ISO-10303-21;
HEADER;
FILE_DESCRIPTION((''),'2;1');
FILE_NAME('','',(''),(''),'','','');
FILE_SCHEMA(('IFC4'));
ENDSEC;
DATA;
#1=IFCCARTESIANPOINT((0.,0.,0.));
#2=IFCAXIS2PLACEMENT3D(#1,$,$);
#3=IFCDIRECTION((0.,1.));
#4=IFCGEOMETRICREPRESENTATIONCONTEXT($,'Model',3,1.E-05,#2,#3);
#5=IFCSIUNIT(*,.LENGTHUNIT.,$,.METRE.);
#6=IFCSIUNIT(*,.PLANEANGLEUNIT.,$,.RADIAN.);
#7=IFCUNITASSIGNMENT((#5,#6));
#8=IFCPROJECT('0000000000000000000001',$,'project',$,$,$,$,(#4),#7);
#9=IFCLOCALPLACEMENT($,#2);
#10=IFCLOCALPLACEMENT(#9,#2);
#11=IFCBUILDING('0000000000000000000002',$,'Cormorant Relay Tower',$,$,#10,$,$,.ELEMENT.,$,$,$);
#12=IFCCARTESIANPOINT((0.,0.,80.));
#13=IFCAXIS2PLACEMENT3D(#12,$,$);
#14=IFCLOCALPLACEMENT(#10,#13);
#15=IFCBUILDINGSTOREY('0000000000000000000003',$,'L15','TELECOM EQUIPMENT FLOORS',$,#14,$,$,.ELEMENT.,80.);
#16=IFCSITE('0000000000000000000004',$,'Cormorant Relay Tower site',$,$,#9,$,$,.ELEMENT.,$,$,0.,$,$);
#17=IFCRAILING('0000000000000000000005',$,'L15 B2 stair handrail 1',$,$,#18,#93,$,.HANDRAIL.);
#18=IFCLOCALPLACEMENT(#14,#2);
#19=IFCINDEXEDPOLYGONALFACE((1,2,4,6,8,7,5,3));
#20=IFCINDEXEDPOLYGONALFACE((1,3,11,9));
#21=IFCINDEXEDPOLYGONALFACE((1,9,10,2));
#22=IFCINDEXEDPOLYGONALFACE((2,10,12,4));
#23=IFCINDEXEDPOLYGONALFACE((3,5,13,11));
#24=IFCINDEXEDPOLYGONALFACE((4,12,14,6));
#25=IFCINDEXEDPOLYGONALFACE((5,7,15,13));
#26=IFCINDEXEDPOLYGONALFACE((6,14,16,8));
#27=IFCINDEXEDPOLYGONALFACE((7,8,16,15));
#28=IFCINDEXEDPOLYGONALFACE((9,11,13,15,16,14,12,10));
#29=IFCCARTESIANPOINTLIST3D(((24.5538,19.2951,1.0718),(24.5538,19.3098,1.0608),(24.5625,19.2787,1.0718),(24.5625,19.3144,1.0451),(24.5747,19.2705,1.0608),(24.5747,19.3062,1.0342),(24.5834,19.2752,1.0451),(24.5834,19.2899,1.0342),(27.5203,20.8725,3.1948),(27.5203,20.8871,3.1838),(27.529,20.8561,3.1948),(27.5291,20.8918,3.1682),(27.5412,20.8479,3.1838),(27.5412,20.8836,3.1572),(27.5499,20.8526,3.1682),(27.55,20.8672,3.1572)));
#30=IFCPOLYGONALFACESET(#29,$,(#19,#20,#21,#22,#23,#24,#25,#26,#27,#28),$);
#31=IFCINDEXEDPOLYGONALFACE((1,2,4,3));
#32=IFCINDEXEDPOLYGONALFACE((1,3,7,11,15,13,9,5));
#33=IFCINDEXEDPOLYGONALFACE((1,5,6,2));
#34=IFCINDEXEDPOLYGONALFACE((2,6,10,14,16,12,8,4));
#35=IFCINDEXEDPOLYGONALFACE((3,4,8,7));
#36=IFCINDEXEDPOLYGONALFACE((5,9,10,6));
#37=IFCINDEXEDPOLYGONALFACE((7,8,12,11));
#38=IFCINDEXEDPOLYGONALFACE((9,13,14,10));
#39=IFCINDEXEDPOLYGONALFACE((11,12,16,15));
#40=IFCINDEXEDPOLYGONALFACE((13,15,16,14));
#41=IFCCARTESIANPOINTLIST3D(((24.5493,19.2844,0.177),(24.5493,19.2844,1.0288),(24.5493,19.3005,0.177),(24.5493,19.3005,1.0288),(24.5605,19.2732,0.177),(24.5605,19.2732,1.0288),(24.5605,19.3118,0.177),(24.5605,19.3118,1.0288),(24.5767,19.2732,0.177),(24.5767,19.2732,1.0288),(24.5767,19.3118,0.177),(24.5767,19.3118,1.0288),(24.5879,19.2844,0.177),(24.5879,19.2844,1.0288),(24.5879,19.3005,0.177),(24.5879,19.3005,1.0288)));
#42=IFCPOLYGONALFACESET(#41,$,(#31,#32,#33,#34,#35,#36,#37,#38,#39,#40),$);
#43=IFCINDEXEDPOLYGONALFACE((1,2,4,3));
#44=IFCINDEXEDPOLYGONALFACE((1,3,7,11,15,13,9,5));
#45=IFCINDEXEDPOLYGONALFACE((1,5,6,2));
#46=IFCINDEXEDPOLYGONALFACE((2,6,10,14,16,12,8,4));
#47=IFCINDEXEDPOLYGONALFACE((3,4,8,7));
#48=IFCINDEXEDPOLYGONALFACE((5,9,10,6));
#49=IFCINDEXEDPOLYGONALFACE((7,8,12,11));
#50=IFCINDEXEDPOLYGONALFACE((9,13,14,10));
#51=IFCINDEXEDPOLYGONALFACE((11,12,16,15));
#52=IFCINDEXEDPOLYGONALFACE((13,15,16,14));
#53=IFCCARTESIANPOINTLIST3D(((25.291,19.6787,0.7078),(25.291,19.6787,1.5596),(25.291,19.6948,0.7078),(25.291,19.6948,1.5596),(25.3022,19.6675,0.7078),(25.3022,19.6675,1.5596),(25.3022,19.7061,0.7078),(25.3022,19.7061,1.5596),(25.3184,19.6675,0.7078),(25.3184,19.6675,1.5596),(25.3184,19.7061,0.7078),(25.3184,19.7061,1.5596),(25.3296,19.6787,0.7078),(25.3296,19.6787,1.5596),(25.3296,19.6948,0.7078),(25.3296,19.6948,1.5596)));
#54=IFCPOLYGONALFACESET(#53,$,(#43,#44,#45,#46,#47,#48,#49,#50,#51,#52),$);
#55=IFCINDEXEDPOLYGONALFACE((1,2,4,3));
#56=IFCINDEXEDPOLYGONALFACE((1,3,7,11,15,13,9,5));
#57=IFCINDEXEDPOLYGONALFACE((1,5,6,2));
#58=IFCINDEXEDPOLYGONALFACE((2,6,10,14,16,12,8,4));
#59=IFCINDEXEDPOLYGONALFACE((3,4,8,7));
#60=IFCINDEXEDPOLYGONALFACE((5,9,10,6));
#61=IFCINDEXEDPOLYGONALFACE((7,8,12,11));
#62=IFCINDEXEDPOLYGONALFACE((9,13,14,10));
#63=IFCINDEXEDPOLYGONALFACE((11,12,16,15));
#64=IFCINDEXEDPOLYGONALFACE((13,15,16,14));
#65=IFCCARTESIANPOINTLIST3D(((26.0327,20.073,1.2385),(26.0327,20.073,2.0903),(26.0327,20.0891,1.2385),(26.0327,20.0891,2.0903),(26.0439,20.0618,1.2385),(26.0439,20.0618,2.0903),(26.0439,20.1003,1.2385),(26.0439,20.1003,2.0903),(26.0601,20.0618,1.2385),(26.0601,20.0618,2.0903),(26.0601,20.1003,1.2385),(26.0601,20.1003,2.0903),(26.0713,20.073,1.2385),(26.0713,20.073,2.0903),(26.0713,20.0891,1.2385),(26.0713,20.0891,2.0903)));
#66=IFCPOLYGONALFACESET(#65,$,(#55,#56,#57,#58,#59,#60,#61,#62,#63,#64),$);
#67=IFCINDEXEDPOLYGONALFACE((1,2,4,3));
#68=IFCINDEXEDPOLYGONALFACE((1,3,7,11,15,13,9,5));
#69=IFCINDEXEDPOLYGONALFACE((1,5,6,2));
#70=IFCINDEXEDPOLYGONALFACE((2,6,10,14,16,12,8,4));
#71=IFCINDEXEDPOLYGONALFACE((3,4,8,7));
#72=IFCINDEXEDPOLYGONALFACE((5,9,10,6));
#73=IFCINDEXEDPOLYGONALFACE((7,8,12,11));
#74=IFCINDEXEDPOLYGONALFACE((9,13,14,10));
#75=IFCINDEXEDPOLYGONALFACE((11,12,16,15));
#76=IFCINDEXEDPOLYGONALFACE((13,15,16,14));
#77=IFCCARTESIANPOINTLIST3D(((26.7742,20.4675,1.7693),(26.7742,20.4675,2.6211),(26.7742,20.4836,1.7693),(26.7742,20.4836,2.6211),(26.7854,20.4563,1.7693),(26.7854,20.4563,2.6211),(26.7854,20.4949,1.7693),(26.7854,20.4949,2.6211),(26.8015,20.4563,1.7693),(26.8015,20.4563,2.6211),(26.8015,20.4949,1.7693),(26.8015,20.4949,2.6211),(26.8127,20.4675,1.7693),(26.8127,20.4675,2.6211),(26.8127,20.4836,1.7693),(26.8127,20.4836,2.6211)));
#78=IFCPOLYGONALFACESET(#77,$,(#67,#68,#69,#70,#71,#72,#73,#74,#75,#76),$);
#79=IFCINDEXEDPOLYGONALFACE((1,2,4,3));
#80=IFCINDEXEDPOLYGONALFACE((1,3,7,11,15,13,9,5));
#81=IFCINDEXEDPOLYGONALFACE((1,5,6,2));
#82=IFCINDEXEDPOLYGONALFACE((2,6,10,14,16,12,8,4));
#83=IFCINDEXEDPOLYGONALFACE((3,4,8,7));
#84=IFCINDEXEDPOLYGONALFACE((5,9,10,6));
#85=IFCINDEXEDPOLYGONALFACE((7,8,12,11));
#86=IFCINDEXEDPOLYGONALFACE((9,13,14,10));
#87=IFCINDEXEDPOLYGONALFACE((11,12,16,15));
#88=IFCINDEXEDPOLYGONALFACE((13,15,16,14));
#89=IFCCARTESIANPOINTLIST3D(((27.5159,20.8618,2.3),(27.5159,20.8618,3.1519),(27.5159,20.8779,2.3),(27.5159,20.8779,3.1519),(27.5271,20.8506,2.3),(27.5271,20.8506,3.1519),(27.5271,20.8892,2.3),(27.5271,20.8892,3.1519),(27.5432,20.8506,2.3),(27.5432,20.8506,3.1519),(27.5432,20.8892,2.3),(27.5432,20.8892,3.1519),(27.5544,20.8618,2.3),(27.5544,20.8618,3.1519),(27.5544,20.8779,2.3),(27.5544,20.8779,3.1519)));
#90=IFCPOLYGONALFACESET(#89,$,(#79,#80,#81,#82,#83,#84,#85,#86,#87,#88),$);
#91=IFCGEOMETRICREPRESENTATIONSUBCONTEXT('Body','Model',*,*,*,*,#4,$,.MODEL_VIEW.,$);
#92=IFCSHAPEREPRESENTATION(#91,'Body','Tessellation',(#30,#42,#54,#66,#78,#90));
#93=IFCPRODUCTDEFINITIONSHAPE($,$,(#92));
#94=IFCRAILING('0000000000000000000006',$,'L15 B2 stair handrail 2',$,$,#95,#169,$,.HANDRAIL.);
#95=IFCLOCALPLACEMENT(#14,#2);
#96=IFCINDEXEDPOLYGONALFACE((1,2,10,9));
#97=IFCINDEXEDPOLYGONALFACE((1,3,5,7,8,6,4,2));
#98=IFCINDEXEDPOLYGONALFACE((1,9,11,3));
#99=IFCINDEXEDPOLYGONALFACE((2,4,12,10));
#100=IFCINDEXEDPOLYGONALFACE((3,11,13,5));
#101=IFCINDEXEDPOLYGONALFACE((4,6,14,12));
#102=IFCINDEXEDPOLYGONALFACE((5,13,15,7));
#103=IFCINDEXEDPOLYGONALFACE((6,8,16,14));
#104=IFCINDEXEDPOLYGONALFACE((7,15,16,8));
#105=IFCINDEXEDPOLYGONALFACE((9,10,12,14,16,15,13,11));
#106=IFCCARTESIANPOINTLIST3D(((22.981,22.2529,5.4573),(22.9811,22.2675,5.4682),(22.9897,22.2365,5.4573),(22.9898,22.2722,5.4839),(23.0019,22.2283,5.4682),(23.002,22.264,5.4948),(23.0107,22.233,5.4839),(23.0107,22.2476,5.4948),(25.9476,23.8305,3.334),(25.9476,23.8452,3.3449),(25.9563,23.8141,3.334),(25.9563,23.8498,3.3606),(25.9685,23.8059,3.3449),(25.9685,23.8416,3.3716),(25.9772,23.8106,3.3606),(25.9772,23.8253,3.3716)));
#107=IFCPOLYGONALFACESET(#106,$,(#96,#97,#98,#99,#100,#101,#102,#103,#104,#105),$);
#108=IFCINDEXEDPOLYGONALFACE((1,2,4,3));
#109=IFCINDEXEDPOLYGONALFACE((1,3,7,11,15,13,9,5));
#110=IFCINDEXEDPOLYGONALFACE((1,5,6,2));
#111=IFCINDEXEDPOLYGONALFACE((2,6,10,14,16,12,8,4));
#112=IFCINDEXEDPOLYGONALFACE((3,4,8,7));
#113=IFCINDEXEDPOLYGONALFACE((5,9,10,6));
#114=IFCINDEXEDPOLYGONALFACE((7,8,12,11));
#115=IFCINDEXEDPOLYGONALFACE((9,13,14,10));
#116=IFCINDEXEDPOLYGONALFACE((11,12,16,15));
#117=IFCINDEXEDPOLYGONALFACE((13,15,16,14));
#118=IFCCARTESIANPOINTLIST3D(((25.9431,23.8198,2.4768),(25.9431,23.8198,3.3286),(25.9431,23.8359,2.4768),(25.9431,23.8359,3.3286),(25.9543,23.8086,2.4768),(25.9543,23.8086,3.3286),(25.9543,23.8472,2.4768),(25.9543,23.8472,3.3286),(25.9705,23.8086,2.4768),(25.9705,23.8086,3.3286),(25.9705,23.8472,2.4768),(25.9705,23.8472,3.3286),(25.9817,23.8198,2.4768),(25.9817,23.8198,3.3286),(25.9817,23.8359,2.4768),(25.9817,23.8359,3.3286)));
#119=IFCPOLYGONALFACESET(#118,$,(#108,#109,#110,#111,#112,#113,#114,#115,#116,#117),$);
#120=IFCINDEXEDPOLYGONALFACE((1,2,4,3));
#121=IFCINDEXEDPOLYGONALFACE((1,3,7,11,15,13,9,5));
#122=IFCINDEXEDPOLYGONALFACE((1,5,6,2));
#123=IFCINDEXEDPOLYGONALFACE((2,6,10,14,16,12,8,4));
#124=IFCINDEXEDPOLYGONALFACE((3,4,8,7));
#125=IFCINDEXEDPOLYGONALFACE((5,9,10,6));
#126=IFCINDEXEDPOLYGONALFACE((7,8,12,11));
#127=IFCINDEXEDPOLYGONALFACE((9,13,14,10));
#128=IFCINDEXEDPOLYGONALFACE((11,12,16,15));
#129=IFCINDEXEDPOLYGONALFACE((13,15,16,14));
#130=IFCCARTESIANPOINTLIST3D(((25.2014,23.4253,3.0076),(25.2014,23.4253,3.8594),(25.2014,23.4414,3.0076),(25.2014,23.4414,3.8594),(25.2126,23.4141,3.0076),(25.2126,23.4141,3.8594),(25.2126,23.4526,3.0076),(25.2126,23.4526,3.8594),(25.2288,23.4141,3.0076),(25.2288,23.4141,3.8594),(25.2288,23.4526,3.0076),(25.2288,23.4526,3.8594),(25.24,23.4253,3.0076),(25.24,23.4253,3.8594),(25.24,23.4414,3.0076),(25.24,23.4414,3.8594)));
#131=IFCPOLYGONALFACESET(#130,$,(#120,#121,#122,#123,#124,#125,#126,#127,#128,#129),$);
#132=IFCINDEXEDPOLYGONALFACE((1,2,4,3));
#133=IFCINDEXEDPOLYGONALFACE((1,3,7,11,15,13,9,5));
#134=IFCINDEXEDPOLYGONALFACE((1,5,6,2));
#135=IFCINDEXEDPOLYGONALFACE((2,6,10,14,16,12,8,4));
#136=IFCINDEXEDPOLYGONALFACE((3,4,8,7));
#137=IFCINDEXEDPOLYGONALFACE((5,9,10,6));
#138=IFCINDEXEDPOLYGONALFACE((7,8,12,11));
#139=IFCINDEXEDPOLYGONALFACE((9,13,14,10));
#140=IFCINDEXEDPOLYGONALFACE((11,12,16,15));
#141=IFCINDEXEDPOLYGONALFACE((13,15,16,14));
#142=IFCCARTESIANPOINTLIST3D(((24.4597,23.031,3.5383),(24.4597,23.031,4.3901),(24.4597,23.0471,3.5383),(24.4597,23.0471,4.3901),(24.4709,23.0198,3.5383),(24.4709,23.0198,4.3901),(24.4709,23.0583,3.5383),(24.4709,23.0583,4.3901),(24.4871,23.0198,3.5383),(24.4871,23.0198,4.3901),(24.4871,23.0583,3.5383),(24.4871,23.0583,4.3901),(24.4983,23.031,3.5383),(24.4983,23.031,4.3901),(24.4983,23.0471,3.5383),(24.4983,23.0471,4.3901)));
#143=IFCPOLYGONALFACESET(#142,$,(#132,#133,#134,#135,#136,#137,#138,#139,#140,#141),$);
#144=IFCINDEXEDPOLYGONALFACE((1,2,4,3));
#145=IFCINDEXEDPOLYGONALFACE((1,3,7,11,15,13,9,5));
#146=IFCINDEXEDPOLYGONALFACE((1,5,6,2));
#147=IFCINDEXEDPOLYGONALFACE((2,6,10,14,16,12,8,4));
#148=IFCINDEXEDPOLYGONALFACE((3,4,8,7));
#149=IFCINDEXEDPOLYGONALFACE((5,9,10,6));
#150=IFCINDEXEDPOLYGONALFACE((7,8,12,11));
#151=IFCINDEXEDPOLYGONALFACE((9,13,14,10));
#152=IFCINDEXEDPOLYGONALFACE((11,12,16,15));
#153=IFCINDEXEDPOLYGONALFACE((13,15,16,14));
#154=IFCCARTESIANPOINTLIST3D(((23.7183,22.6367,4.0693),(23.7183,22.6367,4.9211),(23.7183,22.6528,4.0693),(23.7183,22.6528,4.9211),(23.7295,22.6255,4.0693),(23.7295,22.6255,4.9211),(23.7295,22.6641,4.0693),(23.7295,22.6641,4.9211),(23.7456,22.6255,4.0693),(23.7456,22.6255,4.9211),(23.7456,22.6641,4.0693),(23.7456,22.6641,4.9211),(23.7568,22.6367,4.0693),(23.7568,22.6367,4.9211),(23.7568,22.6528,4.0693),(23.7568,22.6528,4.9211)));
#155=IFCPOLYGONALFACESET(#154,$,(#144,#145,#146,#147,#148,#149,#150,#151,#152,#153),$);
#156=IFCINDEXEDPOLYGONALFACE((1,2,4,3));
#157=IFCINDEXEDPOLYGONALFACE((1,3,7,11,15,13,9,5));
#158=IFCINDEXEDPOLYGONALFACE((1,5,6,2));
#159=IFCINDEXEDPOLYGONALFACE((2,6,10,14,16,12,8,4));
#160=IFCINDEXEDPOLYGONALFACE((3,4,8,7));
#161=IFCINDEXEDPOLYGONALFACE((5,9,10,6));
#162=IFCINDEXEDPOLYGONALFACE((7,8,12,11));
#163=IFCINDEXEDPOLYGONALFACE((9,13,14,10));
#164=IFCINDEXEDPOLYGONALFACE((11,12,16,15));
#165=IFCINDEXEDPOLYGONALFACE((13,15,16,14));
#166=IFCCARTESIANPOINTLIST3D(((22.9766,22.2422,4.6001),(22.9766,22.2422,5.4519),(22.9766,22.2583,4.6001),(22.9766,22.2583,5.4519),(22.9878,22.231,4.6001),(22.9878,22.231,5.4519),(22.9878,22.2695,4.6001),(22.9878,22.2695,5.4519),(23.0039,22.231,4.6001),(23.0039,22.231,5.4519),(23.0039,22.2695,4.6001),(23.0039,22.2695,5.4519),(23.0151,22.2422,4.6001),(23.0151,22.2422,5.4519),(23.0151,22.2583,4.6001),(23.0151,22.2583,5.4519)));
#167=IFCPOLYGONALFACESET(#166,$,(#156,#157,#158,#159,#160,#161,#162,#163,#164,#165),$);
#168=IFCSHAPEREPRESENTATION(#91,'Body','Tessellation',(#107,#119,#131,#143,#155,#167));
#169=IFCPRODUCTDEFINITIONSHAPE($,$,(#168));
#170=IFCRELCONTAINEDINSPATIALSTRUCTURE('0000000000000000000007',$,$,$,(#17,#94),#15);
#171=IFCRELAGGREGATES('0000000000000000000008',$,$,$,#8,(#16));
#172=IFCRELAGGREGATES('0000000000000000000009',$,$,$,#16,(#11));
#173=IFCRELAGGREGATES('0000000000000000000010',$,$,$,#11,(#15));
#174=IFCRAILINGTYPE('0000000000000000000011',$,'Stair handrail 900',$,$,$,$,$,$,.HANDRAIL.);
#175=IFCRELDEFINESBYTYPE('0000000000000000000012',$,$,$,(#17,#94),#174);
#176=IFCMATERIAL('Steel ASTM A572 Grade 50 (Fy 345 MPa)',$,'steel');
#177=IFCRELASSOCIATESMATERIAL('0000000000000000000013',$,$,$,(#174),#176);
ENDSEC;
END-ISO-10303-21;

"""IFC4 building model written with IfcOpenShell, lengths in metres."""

from ifc_helpers import new_model, si_unit, direction, frame, origin, place, context, subcontext, project, spatial, polyline, outline, extrude, material, type_object, element, save


model = new_model("IFC4")

# Units and contexts
model_context = context("Model", 3, precision=1e-05, world=origin(), true_north=direction((0.0, 1.0)))
body_context = subcontext(model_context, "Body", "Model", "MODEL_VIEW")
ifc_project = project(units=[si_unit("LENGTHUNIT", "METRE"), si_unit("PLANEANGLEUNIT", "RADIAN")], contexts=[model_context])

# Site, building, storey
site_placement = place(None, origin())
site = spatial("IfcSite", under=ifc_project, at=site_placement, Name="Cormorant Relay Tower site", CompositionType="ELEMENT", RefElevation=0.0)
building_placement = place(site_placement, origin())
building = spatial("IfcBuilding", under=site, at=building_placement, Name="Cormorant Relay Tower", CompositionType="ELEMENT")
storey_placement = place(building_placement, frame((0.0, 0.0, 80.0)))
storey = spatial("IfcBuildingStorey", under=building, at=storey_placement, Name="L15", Description="TELECOM EQUIPMENT FLOORS", CompositionType="ELEMENT", Elevation=80.0)

# Railings
ifc_material_1 = material(Name="Steel ASTM A572 Grade 50 (Fy 345 MPa)", Category="steel")
railing_type_1 = type_object("IfcRailingType", Name="Stair handrail 900", PredefinedType="HANDRAIL", material=ifc_material_1)
railing_1_placement = place(storey_placement, frame((24.5686, 19.2925, 0.177)))
element("IfcRailing", 1, at=railing_1_placement, inside=storey, type_object=railing_type_1, Name="L15 B2 stair handrail 1", PredefinedType="HANDRAIL", context=body_context, shape_type="SweptSolid", body=[
    extrude(outline(polyline([(0.0222, 0.0093), (0.0093, 0.0222), (-0.0093, 0.0222), (-0.0222, 0.0093), (-0.0222, -0.0093), (-0.0093, -0.0222), (0.0093, -0.0222), (0.0222, -0.0093), (0.0222, 0.0093)])), frame((0.0, 0.0, 0.876), z_axis=(0.746413, 0.396887, 0.534179), x_axis=(-0.469483, 0.882942, 0.0)), (0.0, 0.0, 1.0), 3.9744),
    extrude(outline(polyline([(0.0193, 0.0081), (0.0081, 0.0193), (-0.0081, 0.0193), (-0.0193, 0.0081), (-0.0193, -0.0081), (-0.0081, -0.0193), (0.0081, -0.0193), (0.0193, -0.0081), (0.0193, 0.0081)])), origin(), (0.0, 0.0, 1.0), 0.8518),
    extrude(outline(polyline([(0.0193, 0.0081), (0.0081, 0.0193), (-0.0081, 0.0193), (-0.0193, 0.0081), (-0.0193, -0.0081), (-0.0081, -0.0193), (0.0081, -0.0193), (0.0193, -0.0081), (0.0193, 0.0081)])), frame((0.7417, 0.3943, 0.5308)), (0.0, 0.0, 1.0), 0.8518),
    extrude(outline(polyline([(0.0193, 0.0081), (0.0081, 0.0193), (-0.0081, 0.0193), (-0.0193, 0.0081), (-0.0193, -0.0081), (-0.0081, -0.0193), (0.0081, -0.0193), (0.0193, -0.0081), (0.0193, 0.0081)])), frame((1.4834, 0.7886, 1.0615)), (0.0, 0.0, 1.0), 0.8518),
    extrude(outline(polyline([(0.0193, 0.0081), (0.0081, 0.0193), (-0.0081, 0.0193), (-0.0193, 0.0081), (-0.0193, -0.0081), (-0.0081, -0.0193), (0.0081, -0.0193), (0.0193, -0.0081), (0.0193, 0.0081)])), frame((2.2249, 1.1831, 1.5923)), (0.0, 0.0, 1.0), 0.8518),
    extrude(outline(polyline([(0.0193, 0.0081), (0.0081, 0.0193), (-0.0081, 0.0193), (-0.0193, 0.0081), (-0.0193, -0.0081), (-0.0081, -0.0193), (0.0081, -0.0193), (0.0193, -0.0081), (0.0193, 0.0081)])), frame((2.9666, 1.5774, 2.123)), (0.0, 0.0, 1.0), 0.8518),
])
railing_2_placement = place(storey_placement, frame((25.9624, 23.8279, 2.4768)))
element("IfcRailing", 2, at=railing_2_placement, inside=storey, type_object=railing_type_1, Name="L15 B2 stair handrail 2", PredefinedType="HANDRAIL", context=body_context, shape_type="SweptSolid", body=[
    extrude(outline(polyline([(0.0222, 0.0093), (0.0093, 0.0222), (-0.0093, 0.0222), (-0.0222, 0.0093), (-0.0222, -0.0093), (-0.0093, -0.0222), (0.0093, -0.0222), (0.0222, -0.0093), (0.0222, 0.0093)])), frame((0.0, 0.0, 0.876), z_axis=(-0.746371, -0.396926, 0.53421), x_axis=(0.469539, -0.882911, 0.0)), (0.0, 0.0, 1.0), 3.9746),
    extrude(outline(polyline([(0.0193, 0.0081), (0.0081, 0.0193), (-0.0081, 0.0193), (-0.0193, 0.0081), (-0.0193, -0.0081), (-0.0081, -0.0193), (0.0081, -0.0193), (0.0193, -0.0081), (0.0193, 0.0081)])), origin(), (0.0, 0.0, 1.0), 0.8518),
    extrude(outline(polyline([(0.0193, 0.0081), (0.0081, 0.0193), (-0.0081, 0.0193), (-0.0193, 0.0081), (-0.0193, -0.0081), (-0.0081, -0.0193), (0.0081, -0.0193), (0.0193, -0.0081), (0.0193, 0.0081)])), frame((-0.7417, -0.3945, 0.5308)), (0.0, 0.0, 1.0), 0.8518),
    extrude(outline(polyline([(0.0193, 0.0081), (0.0081, 0.0193), (-0.0081, 0.0193), (-0.0193, 0.0081), (-0.0193, -0.0081), (-0.0081, -0.0193), (0.0081, -0.0193), (0.0193, -0.0081), (0.0193, 0.0081)])), frame((-1.4834, -0.7888, 1.0615)), (0.0, 0.0, 1.0), 0.8518),
    extrude(outline(polyline([(0.0193, 0.0081), (0.0081, 0.0193), (-0.0081, 0.0193), (-0.0193, 0.0081), (-0.0193, -0.0081), (-0.0081, -0.0193), (0.0081, -0.0193), (0.0193, -0.0081), (0.0193, 0.0081)])), frame((-2.2249, -1.1831, 1.5925)), (0.0, 0.0, 1.0), 0.8518),
    extrude(outline(polyline([(0.0193, 0.0081), (0.0081, 0.0193), (-0.0081, 0.0193), (-0.0193, 0.0081), (-0.0193, -0.0081), (-0.0081, -0.0193), (0.0081, -0.0193), (0.0193, -0.0081), (0.0193, 0.0081)])), frame((-2.9666, -1.5776, 2.1233)), (0.0, 0.0, 1.0), 0.8518),
])

save(model, "model.ifc")
